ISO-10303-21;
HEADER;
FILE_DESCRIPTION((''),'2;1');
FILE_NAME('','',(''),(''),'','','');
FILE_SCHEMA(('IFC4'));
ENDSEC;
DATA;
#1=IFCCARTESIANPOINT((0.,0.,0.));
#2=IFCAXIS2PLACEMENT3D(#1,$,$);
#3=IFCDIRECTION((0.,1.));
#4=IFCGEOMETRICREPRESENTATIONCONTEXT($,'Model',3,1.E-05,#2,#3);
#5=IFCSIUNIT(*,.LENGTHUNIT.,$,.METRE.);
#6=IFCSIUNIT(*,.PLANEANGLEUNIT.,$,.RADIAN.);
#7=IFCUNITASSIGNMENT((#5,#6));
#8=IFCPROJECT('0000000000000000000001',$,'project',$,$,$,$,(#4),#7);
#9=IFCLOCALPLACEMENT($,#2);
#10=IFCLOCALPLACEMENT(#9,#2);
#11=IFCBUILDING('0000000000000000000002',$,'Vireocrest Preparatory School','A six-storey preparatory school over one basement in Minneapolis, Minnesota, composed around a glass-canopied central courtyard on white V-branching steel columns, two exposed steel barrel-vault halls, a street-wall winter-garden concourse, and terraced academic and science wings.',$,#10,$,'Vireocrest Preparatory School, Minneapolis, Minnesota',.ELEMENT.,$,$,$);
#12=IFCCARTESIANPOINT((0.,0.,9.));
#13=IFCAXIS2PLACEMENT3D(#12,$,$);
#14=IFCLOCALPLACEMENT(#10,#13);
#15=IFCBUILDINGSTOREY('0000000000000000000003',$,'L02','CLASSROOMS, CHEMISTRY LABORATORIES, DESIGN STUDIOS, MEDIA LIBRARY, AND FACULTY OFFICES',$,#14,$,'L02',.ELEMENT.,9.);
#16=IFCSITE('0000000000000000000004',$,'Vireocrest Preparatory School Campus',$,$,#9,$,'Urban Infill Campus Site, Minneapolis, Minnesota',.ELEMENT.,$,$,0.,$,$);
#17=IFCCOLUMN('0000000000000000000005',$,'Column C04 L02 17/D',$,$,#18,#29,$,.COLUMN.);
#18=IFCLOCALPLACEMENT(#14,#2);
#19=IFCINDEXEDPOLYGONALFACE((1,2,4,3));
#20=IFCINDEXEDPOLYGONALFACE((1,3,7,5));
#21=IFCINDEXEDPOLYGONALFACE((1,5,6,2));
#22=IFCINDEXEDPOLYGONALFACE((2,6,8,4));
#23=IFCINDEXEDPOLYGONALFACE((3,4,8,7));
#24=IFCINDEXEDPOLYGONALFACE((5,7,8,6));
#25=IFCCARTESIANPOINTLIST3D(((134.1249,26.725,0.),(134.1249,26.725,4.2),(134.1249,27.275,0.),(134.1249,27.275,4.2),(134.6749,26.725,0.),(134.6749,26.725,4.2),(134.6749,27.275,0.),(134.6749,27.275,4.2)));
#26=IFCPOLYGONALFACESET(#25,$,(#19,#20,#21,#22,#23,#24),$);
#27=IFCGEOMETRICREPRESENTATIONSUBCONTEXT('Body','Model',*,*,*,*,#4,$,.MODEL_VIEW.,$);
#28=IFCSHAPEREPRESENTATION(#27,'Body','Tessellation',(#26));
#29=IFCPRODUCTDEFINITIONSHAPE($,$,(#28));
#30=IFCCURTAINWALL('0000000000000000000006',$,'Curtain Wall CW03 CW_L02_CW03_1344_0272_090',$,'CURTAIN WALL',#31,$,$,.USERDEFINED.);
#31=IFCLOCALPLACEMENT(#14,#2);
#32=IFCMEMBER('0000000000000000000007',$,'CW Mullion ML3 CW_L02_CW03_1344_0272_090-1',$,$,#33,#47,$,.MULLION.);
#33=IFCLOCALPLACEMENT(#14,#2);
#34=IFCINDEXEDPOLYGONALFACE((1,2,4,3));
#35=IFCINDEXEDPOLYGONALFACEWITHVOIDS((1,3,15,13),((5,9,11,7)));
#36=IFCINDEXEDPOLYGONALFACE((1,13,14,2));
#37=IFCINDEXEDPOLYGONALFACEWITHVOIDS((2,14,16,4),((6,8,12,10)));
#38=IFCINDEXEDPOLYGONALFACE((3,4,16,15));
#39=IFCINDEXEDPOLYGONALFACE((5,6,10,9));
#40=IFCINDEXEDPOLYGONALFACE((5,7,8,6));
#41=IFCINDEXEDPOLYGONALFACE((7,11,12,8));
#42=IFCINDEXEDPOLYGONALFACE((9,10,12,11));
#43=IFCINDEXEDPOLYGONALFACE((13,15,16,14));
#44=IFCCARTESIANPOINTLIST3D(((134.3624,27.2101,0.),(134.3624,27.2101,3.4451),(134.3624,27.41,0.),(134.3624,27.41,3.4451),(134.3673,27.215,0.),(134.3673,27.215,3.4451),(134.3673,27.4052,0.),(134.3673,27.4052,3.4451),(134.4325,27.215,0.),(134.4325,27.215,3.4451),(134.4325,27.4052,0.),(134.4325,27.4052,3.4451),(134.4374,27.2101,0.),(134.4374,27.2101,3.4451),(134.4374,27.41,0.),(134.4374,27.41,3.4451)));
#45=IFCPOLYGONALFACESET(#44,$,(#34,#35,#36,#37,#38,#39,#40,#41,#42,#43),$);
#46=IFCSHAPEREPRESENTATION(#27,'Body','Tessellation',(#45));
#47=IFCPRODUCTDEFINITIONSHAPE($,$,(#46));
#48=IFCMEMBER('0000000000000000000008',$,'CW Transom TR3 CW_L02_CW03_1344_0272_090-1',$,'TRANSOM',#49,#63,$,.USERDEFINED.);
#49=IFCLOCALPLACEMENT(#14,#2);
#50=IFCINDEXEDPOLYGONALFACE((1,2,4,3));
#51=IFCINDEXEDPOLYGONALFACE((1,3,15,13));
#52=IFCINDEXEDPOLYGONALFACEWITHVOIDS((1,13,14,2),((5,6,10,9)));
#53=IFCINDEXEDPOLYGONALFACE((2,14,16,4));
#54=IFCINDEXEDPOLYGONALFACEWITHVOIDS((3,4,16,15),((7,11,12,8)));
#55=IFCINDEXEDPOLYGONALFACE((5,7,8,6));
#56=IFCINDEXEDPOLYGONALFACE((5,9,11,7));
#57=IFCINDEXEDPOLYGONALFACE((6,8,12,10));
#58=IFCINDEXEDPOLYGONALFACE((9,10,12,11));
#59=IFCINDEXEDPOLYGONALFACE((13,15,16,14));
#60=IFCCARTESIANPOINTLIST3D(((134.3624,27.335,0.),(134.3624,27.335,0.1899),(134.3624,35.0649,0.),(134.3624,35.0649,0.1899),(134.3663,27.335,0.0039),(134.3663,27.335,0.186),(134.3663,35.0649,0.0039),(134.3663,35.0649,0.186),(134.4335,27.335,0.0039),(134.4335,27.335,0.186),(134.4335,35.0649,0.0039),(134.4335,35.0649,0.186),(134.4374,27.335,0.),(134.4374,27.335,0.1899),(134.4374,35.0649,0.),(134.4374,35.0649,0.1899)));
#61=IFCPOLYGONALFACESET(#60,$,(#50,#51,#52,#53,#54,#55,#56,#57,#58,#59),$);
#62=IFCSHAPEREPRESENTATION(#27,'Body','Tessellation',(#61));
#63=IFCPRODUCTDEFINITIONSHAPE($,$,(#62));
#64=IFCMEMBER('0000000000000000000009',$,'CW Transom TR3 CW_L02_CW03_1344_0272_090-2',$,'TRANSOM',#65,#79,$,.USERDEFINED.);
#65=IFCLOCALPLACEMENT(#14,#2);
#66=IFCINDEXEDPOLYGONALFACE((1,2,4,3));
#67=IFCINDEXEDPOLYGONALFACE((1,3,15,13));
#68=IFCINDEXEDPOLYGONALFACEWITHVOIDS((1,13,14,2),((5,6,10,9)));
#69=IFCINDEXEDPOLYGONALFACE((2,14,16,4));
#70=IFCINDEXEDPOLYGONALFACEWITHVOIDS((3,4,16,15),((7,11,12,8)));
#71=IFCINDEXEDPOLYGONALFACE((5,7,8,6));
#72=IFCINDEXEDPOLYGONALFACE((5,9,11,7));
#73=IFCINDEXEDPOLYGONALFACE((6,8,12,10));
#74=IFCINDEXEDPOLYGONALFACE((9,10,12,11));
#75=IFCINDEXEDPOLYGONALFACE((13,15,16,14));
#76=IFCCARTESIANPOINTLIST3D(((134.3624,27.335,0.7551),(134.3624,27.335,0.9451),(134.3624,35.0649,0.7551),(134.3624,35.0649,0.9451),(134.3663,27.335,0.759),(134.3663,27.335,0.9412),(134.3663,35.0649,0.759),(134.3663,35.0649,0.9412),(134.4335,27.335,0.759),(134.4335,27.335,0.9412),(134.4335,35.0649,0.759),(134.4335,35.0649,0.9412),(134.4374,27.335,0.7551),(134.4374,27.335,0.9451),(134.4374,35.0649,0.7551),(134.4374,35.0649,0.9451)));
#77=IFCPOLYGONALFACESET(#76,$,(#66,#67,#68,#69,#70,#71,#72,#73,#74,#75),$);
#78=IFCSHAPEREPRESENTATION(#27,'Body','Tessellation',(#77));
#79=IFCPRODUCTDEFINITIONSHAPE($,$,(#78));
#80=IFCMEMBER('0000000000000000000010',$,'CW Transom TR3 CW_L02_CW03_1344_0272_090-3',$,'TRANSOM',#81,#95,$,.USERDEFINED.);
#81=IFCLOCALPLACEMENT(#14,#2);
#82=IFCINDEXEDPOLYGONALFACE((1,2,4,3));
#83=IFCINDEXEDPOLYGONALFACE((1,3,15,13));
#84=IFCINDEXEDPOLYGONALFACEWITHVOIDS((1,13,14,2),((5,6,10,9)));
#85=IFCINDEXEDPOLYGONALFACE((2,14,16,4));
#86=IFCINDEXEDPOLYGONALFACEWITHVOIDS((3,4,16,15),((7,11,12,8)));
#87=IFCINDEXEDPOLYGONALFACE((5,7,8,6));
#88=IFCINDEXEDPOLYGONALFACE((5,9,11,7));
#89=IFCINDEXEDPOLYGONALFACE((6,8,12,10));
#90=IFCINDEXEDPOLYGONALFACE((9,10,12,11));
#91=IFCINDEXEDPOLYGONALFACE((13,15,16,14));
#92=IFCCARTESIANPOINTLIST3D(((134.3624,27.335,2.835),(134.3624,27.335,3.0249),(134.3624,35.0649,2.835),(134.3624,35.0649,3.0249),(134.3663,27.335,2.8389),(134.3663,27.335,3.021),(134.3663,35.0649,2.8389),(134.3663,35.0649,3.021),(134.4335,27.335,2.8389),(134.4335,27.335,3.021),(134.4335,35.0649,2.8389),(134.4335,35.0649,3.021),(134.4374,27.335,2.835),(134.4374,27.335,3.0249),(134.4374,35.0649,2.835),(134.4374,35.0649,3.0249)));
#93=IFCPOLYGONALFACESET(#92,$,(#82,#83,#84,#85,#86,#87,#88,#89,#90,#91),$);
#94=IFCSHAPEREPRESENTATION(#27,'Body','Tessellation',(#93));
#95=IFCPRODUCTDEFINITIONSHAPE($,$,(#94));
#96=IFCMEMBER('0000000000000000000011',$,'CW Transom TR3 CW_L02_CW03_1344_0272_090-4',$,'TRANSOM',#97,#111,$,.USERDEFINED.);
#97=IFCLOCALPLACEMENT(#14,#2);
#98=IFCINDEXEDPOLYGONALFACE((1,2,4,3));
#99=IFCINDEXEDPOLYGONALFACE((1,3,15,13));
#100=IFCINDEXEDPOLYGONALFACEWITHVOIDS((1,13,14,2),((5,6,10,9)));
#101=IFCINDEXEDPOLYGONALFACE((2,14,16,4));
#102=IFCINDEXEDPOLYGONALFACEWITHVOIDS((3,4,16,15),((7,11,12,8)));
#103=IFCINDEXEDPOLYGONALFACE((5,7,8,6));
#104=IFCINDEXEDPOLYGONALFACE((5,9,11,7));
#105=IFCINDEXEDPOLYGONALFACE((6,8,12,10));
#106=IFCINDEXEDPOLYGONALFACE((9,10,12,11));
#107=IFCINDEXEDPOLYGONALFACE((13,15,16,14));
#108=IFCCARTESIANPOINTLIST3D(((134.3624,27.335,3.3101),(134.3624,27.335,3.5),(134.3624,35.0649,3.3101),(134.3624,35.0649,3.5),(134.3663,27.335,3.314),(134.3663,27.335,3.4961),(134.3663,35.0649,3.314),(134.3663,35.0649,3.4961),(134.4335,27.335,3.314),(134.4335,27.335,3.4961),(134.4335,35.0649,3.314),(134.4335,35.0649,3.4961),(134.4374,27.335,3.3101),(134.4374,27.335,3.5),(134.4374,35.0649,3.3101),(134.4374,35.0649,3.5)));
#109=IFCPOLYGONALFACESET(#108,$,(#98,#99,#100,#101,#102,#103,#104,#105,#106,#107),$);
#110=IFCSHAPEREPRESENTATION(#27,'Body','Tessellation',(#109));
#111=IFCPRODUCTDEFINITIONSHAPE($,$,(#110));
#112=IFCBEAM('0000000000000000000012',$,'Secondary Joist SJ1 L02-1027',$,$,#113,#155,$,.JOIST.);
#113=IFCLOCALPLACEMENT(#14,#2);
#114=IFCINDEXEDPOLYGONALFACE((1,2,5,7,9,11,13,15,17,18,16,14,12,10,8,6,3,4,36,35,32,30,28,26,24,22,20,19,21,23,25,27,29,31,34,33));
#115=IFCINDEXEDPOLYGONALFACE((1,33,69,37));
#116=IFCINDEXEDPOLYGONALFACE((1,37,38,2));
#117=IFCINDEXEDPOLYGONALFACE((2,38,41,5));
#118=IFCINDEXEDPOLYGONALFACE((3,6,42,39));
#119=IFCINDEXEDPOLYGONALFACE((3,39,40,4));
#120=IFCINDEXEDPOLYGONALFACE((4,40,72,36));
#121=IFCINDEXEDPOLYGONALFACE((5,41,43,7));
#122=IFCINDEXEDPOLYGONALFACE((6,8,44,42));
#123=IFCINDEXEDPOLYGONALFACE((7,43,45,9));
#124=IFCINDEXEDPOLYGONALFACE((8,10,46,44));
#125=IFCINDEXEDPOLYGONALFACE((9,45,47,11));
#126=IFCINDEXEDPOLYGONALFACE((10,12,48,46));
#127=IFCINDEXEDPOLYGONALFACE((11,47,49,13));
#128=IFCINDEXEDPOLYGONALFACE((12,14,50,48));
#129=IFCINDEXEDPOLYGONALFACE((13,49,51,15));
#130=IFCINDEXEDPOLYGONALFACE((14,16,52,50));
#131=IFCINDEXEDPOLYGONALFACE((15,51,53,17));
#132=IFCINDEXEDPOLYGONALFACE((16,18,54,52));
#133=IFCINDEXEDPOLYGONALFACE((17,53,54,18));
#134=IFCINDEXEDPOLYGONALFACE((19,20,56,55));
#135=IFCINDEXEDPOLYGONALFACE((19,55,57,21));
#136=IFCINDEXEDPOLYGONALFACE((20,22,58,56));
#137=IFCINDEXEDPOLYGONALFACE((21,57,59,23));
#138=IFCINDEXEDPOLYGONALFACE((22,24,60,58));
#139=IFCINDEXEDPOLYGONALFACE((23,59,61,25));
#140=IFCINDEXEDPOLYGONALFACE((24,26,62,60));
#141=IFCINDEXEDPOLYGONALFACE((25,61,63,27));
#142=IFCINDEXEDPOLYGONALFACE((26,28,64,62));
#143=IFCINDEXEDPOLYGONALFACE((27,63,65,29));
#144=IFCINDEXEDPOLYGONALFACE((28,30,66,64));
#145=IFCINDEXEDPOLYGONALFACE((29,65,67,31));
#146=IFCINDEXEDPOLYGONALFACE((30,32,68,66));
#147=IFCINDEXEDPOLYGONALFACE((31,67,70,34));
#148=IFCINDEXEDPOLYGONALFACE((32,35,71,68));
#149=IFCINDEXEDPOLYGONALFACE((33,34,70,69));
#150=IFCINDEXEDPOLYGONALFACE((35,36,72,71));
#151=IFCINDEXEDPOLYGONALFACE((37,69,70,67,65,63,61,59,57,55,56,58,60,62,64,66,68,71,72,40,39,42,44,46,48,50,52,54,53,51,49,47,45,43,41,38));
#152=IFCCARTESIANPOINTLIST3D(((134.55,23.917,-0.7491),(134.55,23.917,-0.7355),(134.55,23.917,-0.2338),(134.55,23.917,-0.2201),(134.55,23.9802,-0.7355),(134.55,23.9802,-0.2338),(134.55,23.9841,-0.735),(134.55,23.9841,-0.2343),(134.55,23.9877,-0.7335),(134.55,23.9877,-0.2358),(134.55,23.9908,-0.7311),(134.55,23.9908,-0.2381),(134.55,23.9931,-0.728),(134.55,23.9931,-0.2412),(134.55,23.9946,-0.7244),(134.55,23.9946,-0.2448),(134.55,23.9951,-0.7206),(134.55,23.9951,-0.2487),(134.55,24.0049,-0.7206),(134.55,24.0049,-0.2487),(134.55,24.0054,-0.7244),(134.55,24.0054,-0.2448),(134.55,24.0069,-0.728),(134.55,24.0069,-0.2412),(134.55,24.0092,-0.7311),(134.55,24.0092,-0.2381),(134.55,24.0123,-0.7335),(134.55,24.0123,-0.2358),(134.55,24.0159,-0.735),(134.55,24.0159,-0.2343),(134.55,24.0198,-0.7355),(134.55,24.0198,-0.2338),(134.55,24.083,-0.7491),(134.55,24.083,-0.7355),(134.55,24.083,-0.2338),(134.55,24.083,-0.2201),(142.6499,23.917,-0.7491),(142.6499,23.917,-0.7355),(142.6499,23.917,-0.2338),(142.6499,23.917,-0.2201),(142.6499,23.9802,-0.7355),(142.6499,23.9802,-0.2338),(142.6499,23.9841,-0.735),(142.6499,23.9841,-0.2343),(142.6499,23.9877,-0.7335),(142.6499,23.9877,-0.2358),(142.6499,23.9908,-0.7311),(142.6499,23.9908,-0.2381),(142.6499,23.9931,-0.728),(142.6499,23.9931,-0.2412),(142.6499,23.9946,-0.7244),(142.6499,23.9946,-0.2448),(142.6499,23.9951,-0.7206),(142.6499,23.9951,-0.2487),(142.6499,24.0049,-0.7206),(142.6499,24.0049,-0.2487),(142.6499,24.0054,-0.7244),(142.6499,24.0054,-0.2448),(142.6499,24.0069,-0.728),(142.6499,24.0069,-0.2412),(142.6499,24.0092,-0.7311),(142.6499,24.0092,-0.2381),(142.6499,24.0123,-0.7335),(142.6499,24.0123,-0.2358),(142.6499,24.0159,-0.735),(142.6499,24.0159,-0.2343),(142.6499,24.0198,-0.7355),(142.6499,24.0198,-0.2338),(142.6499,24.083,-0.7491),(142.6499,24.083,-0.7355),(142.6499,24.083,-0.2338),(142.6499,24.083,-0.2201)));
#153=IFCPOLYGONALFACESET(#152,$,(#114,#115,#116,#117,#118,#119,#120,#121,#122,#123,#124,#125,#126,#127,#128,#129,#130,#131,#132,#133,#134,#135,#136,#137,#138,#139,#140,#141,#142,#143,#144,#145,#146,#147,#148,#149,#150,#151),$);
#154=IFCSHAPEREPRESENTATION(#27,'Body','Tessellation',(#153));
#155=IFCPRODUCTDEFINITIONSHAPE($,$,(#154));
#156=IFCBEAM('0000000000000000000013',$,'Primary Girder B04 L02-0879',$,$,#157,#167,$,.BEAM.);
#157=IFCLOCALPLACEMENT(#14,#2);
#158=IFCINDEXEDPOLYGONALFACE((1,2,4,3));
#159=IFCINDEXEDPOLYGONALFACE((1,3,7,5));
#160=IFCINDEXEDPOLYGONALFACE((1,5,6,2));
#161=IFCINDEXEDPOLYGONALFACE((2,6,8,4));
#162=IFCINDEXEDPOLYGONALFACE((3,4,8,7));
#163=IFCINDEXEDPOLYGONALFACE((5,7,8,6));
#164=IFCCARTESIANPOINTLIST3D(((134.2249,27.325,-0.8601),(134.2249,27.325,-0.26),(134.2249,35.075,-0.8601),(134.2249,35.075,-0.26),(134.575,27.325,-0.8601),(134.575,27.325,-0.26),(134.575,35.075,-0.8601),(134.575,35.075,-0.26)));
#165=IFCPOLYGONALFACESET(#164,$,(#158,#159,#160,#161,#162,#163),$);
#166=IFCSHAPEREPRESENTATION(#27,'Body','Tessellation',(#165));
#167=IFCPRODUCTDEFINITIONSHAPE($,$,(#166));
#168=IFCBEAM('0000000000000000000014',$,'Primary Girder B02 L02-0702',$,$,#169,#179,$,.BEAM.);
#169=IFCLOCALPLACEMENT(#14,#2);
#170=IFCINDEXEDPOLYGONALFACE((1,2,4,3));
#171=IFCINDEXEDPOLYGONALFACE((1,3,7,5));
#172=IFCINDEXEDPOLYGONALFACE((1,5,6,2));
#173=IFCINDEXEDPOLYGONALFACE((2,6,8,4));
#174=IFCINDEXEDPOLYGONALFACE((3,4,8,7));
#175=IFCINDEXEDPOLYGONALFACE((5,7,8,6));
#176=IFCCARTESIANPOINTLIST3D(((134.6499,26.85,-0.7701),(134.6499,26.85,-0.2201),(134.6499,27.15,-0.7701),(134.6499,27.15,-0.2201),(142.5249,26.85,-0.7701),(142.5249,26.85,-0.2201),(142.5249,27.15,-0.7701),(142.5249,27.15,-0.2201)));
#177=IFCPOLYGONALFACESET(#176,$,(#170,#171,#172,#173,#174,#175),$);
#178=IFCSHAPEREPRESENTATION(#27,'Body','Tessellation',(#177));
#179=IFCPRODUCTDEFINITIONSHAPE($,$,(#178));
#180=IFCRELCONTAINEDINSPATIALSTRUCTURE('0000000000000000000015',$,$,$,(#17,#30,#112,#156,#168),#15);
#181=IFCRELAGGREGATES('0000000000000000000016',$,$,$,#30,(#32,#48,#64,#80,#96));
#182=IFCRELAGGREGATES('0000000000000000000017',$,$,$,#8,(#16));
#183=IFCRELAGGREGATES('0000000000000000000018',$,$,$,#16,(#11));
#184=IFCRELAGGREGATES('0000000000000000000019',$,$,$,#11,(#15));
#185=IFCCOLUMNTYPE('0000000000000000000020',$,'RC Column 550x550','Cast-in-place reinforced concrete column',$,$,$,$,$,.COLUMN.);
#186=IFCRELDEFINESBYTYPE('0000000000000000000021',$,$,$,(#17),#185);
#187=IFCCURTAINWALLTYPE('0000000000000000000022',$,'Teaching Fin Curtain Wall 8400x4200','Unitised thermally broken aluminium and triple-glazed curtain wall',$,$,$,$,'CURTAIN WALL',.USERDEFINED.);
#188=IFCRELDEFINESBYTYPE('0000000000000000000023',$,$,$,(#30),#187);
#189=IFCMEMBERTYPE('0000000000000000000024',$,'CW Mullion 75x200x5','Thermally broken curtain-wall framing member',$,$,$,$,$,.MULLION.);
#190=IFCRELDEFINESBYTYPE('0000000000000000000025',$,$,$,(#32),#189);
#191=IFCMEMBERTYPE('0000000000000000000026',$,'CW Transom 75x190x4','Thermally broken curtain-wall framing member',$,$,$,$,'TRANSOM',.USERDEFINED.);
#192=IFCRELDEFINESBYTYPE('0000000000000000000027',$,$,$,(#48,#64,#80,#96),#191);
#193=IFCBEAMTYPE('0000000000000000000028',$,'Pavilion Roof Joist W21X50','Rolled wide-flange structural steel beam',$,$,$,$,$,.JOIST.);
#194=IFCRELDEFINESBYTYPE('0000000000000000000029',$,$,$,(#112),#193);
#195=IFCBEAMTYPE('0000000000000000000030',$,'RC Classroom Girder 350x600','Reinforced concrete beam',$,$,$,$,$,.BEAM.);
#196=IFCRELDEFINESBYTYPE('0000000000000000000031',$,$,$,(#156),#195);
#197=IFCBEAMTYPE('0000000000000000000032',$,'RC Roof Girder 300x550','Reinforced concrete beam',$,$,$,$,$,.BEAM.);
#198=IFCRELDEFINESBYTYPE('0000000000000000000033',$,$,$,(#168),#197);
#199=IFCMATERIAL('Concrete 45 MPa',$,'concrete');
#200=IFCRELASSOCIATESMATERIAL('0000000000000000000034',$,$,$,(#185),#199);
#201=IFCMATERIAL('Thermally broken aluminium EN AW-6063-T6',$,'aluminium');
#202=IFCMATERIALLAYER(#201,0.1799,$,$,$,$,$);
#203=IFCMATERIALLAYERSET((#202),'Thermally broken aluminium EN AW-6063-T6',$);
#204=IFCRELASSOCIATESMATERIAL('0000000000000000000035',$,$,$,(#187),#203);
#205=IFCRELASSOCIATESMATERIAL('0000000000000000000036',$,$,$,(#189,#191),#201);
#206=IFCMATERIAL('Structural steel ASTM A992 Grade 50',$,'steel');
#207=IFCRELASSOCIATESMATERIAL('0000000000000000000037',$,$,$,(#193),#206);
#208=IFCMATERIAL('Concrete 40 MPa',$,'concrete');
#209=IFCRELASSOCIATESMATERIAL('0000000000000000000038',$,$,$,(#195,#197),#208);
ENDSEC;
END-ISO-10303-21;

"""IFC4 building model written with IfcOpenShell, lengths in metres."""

from ifc_helpers import new_model, si_unit, direction, frame, origin, origin_2d, place, context, subcontext, project, spatial, rectangle, hollow_rectangle, i_section, extrude, material, layer, layer_set, material_profile, profile_set, type_object, element, aggregate, save


model = new_model("IFC4")

# Units and contexts
model_context = context("Model", 3, precision=1e-05, world=origin(), true_north=direction((0.0, 1.0)))
body_context = subcontext(model_context, "Body", "Model", "MODEL_VIEW")
ifc_project = project(units=[si_unit("LENGTHUNIT", "METRE"), si_unit("PLANEANGLEUNIT", "RADIAN")], contexts=[model_context])

# Site, building, storey
site_placement = place(None, origin())
site = spatial("IfcSite", under=ifc_project, at=site_placement, Name="Vireocrest Preparatory School Campus", LongName="Urban Infill Campus Site, Minneapolis, Minnesota", CompositionType="ELEMENT", RefElevation=0.0)
building_placement = place(site_placement, origin())
building = spatial("IfcBuilding", under=site, at=building_placement, Name="Vireocrest Preparatory School", Description="A six-storey preparatory school over one basement in Minneapolis, Minnesota, composed around a glass-canopied central courtyard on white V-branching steel columns, two exposed steel barrel-vault halls, a street-wall winter-garden concourse, and terraced academic and science wings.", LongName="Vireocrest Preparatory School, Minneapolis, Minnesota", CompositionType="ELEMENT")
storey_placement = place(building_placement, frame((0.0, 0.0, 9.0)))
storey = spatial("IfcBuildingStorey", under=building, at=storey_placement, Name="L02", Description="CLASSROOMS, CHEMISTRY LABORATORIES, DESIGN STUDIOS, MEDIA LIBRARY, AND FACULTY OFFICES", LongName="L02", CompositionType="ELEMENT", Elevation=9.0)

# Column
ifc_material_1 = material(Name="Concrete 45 MPa", Category="concrete")
ifc_material_profile_1 = material_profile(ifc_material_1, rectangle(XDim=0.55, YDim=0.55, at=origin_2d()), Name="RC 550x550")
ifc_profile_set_1 = profile_set([ifc_material_profile_1], Name="Concrete 45 MPa")
column_type = type_object("IfcColumnType", Name="RC Column 550x550", Description="Cast-in-place reinforced concrete column", PredefinedType="COLUMN", material=ifc_profile_set_1)
column_placement = place(storey_placement, frame((134.3999, 27.0, 0.0), z_axis=(0.0, 0.0, 1.0), x_axis=(1.0, 0.0, 0.0)))
element("IfcColumn", 1, at=column_placement, inside=storey, type_object=column_type, Name="Column C04 L02 17/D", PredefinedType="COLUMN", context=body_context, shape_type="SweptSolid", body=[
    extrude(rectangle(XDim=0.55, YDim=0.55, at=origin_2d()), origin(), (0.0, 0.0, 1.0), 4.2),
])

# Curtain wall, members
ifc_material_2 = material(Name="Thermally broken aluminium EN AW-6063-T6", Category="aluminium")
ifc_layer = layer(ifc_material_2, 0.1799)
ifc_layer_set = layer_set([ifc_layer], Name="Thermally broken aluminium EN AW-6063-T6")
curtain_wall_type = type_object("IfcCurtainWallType", Name="Teaching Fin Curtain Wall 8400x4200", Description="Unitised thermally broken aluminium and triple-glazed curtain wall", ElementType="CURTAIN WALL", PredefinedType="USERDEFINED", material=ifc_layer_set)
curtain_wall_placement = place(storey_placement, origin())
curtain_wall = element("IfcCurtainWall", 2, at=curtain_wall_placement, inside=storey, type_object=curtain_wall_type, Name="Curtain Wall CW03 CW_L02_CW03_1344_0272_090", ObjectType="CURTAIN WALL", PredefinedType="USERDEFINED")
ifc_material_profile_2 = material_profile(ifc_material_2, hollow_rectangle(XDim=0.075, YDim=0.2, WallThickness=0.0049, at=origin_2d()), Name="ALU 75x200x5")
ifc_profile_set_2 = profile_set([ifc_material_profile_2], Name="Thermally broken aluminium EN AW-6063-T6")
member_type_1 = type_object("IfcMemberType", Name="CW Mullion 75x200x5", Description="Thermally broken curtain-wall framing member", PredefinedType="MULLION", material=ifc_profile_set_2)
member_1_placement = place(storey_placement, frame((134.3999, 27.3101, 0.0), z_axis=(0.0, 0.0, 1.0), x_axis=(1.0, 0.0, 0.0)))
member_1 = element("IfcMember", 3, at=member_1_placement, type_object=member_type_1, Name="CW Mullion ML3 CW_L02_CW03_1344_0272_090-1", PredefinedType="MULLION", context=body_context, shape_type="SweptSolid", body=[
    extrude(hollow_rectangle(XDim=0.075, YDim=0.2, WallThickness=0.0049, at=origin_2d()), origin(), (0.0, 0.0, 1.0), 3.4451),
])
ifc_material_profile_3 = material_profile(ifc_material_2, hollow_rectangle(XDim=0.075, YDim=0.1899, WallThickness=0.0039, at=origin_2d()), Name="ALU 75x190x4")
ifc_profile_set_3 = profile_set([ifc_material_profile_3], Name="Thermally broken aluminium EN AW-6063-T6")
member_type_2 = type_object("IfcMemberType", Name="CW Transom 75x190x4", Description="Thermally broken curtain-wall framing member", ElementType="TRANSOM", PredefinedType="USERDEFINED", material=ifc_profile_set_3)
member_2_placement = place(storey_placement, frame((134.3999, 27.335, 0.095), z_axis=(0.0, 1.0, 0.0), x_axis=(-1.0, 0.0, 0.0)))
member_2 = element("IfcMember", 4, at=member_2_placement, type_object=member_type_2, Name="CW Transom TR3 CW_L02_CW03_1344_0272_090-1", ObjectType="TRANSOM", PredefinedType="USERDEFINED", context=body_context, shape_type="SweptSolid", body=[
    extrude(hollow_rectangle(XDim=0.075, YDim=0.1899, WallThickness=0.0039, at=origin_2d()), origin(), (0.0, 0.0, 1.0), 7.73),
])
member_3_placement = place(storey_placement, frame((134.3999, 27.335, 0.8501), z_axis=(0.0, 1.0, 0.0), x_axis=(-1.0, 0.0, 0.0)))
member_3 = element("IfcMember", 5, at=member_3_placement, type_object=member_type_2, Name="CW Transom TR3 CW_L02_CW03_1344_0272_090-2", ObjectType="TRANSOM", PredefinedType="USERDEFINED", context=body_context, shape_type="SweptSolid", body=[
    extrude(hollow_rectangle(XDim=0.075, YDim=0.1899, WallThickness=0.0039, at=origin_2d()), origin(), (0.0, 0.0, 1.0), 7.73),
])
member_4_placement = place(storey_placement, frame((134.3999, 27.335, 2.9299), z_axis=(0.0, 1.0, 0.0), x_axis=(-1.0, 0.0, 0.0)))
member_4 = element("IfcMember", 6, at=member_4_placement, type_object=member_type_2, Name="CW Transom TR3 CW_L02_CW03_1344_0272_090-3", ObjectType="TRANSOM", PredefinedType="USERDEFINED", context=body_context, shape_type="SweptSolid", body=[
    extrude(hollow_rectangle(XDim=0.075, YDim=0.1899, WallThickness=0.0039, at=origin_2d()), origin(), (0.0, 0.0, 1.0), 7.73),
])
member_5_placement = place(storey_placement, frame((134.3999, 27.335, 3.405), z_axis=(0.0, 1.0, 0.0), x_axis=(-1.0, 0.0, 0.0)))
member_5 = element("IfcMember", 7, at=member_5_placement, type_object=member_type_2, Name="CW Transom TR3 CW_L02_CW03_1344_0272_090-4", ObjectType="TRANSOM", PredefinedType="USERDEFINED", context=body_context, shape_type="SweptSolid", body=[
    extrude(hollow_rectangle(XDim=0.075, YDim=0.1899, WallThickness=0.0039, at=origin_2d()), origin(), (0.0, 0.0, 1.0), 7.73),
])
aggregate(curtain_wall, [member_1, member_2, member_3, member_4, member_5])

# Beams
ifc_material_3 = material(Name="Structural steel ASTM A992 Grade 50", Category="steel")
ifc_material_profile_4 = material_profile(ifc_material_3, i_section(OverallWidth=0.166, OverallDepth=0.5291, WebThickness=0.0098, FlangeThickness=0.0137, FilletRadius=0.0149, at=origin_2d()), Name="W21X50")
ifc_profile_set_4 = profile_set([ifc_material_profile_4], Name="Structural steel ASTM A992 Grade 50")
beam_type_1 = type_object("IfcBeamType", Name="Pavilion Roof Joist W21X50", Description="Rolled wide-flange structural steel beam", PredefinedType="JOIST", material=ifc_profile_set_4)
beam_1_placement = place(storey_placement, frame((134.55, 24.0, -0.4846), z_axis=(1.0, 0.0, 0.0), x_axis=(0.0, 1.0, 0.0)))
element("IfcBeam", 8, at=beam_1_placement, inside=storey, type_object=beam_type_1, Name="Secondary Joist SJ1 L02-1027", PredefinedType="JOIST", context=body_context, shape_type="SweptSolid", body=[
    extrude(i_section(OverallWidth=0.166, OverallDepth=0.5291, WebThickness=0.0098, FlangeThickness=0.0137, FilletRadius=0.0149, at=origin_2d()), origin(), (0.0, 0.0, 1.0), 8.0999),
])
ifc_material_4 = material(Name="Concrete 40 MPa", Category="concrete")
ifc_material_profile_5 = material_profile(ifc_material_4, rectangle(XDim=0.3501, YDim=0.6001, at=origin_2d()), Name="RC 350x600")
ifc_profile_set_5 = profile_set([ifc_material_profile_5], Name="Concrete 40 MPa")
beam_type_2 = type_object("IfcBeamType", Name="RC Classroom Girder 350x600", Description="Reinforced concrete beam", PredefinedType="BEAM", material=ifc_profile_set_5)
beam_2_placement = place(storey_placement, frame((134.3999, 27.325, -0.5601), z_axis=(0.0, 1.0, 0.0), x_axis=(-1.0, 0.0, 0.0)))
element("IfcBeam", 9, at=beam_2_placement, inside=storey, type_object=beam_type_2, Name="Primary Girder B04 L02-0879", PredefinedType="BEAM", context=body_context, shape_type="SweptSolid", body=[
    extrude(rectangle(XDim=0.3501, YDim=0.6001, at=origin_2d()), origin(), (0.0, 0.0, 1.0), 7.75),
])
ifc_material_profile_6 = material_profile(ifc_material_4, rectangle(XDim=0.3, YDim=0.55, at=origin_2d()), Name="RC 300x550")
ifc_profile_set_6 = profile_set([ifc_material_profile_6], Name="Concrete 40 MPa")
beam_type_3 = type_object("IfcBeamType", Name="RC Roof Girder 300x550", Description="Reinforced concrete beam", PredefinedType="BEAM", material=ifc_profile_set_6)
beam_3_placement = place(storey_placement, frame((134.6499, 27.0, -0.4951), z_axis=(1.0, 0.0, 0.0), x_axis=(0.0, 1.0, 0.0)))
element("IfcBeam", 10, at=beam_3_placement, inside=storey, type_object=beam_type_3, Name="Primary Girder B02 L02-0702", PredefinedType="BEAM", context=body_context, shape_type="SweptSolid", body=[
    extrude(rectangle(XDim=0.3, YDim=0.55, at=origin_2d()), origin(), (0.0, 0.0, 1.0), 7.875),
])

save(model, "model.ifc")
